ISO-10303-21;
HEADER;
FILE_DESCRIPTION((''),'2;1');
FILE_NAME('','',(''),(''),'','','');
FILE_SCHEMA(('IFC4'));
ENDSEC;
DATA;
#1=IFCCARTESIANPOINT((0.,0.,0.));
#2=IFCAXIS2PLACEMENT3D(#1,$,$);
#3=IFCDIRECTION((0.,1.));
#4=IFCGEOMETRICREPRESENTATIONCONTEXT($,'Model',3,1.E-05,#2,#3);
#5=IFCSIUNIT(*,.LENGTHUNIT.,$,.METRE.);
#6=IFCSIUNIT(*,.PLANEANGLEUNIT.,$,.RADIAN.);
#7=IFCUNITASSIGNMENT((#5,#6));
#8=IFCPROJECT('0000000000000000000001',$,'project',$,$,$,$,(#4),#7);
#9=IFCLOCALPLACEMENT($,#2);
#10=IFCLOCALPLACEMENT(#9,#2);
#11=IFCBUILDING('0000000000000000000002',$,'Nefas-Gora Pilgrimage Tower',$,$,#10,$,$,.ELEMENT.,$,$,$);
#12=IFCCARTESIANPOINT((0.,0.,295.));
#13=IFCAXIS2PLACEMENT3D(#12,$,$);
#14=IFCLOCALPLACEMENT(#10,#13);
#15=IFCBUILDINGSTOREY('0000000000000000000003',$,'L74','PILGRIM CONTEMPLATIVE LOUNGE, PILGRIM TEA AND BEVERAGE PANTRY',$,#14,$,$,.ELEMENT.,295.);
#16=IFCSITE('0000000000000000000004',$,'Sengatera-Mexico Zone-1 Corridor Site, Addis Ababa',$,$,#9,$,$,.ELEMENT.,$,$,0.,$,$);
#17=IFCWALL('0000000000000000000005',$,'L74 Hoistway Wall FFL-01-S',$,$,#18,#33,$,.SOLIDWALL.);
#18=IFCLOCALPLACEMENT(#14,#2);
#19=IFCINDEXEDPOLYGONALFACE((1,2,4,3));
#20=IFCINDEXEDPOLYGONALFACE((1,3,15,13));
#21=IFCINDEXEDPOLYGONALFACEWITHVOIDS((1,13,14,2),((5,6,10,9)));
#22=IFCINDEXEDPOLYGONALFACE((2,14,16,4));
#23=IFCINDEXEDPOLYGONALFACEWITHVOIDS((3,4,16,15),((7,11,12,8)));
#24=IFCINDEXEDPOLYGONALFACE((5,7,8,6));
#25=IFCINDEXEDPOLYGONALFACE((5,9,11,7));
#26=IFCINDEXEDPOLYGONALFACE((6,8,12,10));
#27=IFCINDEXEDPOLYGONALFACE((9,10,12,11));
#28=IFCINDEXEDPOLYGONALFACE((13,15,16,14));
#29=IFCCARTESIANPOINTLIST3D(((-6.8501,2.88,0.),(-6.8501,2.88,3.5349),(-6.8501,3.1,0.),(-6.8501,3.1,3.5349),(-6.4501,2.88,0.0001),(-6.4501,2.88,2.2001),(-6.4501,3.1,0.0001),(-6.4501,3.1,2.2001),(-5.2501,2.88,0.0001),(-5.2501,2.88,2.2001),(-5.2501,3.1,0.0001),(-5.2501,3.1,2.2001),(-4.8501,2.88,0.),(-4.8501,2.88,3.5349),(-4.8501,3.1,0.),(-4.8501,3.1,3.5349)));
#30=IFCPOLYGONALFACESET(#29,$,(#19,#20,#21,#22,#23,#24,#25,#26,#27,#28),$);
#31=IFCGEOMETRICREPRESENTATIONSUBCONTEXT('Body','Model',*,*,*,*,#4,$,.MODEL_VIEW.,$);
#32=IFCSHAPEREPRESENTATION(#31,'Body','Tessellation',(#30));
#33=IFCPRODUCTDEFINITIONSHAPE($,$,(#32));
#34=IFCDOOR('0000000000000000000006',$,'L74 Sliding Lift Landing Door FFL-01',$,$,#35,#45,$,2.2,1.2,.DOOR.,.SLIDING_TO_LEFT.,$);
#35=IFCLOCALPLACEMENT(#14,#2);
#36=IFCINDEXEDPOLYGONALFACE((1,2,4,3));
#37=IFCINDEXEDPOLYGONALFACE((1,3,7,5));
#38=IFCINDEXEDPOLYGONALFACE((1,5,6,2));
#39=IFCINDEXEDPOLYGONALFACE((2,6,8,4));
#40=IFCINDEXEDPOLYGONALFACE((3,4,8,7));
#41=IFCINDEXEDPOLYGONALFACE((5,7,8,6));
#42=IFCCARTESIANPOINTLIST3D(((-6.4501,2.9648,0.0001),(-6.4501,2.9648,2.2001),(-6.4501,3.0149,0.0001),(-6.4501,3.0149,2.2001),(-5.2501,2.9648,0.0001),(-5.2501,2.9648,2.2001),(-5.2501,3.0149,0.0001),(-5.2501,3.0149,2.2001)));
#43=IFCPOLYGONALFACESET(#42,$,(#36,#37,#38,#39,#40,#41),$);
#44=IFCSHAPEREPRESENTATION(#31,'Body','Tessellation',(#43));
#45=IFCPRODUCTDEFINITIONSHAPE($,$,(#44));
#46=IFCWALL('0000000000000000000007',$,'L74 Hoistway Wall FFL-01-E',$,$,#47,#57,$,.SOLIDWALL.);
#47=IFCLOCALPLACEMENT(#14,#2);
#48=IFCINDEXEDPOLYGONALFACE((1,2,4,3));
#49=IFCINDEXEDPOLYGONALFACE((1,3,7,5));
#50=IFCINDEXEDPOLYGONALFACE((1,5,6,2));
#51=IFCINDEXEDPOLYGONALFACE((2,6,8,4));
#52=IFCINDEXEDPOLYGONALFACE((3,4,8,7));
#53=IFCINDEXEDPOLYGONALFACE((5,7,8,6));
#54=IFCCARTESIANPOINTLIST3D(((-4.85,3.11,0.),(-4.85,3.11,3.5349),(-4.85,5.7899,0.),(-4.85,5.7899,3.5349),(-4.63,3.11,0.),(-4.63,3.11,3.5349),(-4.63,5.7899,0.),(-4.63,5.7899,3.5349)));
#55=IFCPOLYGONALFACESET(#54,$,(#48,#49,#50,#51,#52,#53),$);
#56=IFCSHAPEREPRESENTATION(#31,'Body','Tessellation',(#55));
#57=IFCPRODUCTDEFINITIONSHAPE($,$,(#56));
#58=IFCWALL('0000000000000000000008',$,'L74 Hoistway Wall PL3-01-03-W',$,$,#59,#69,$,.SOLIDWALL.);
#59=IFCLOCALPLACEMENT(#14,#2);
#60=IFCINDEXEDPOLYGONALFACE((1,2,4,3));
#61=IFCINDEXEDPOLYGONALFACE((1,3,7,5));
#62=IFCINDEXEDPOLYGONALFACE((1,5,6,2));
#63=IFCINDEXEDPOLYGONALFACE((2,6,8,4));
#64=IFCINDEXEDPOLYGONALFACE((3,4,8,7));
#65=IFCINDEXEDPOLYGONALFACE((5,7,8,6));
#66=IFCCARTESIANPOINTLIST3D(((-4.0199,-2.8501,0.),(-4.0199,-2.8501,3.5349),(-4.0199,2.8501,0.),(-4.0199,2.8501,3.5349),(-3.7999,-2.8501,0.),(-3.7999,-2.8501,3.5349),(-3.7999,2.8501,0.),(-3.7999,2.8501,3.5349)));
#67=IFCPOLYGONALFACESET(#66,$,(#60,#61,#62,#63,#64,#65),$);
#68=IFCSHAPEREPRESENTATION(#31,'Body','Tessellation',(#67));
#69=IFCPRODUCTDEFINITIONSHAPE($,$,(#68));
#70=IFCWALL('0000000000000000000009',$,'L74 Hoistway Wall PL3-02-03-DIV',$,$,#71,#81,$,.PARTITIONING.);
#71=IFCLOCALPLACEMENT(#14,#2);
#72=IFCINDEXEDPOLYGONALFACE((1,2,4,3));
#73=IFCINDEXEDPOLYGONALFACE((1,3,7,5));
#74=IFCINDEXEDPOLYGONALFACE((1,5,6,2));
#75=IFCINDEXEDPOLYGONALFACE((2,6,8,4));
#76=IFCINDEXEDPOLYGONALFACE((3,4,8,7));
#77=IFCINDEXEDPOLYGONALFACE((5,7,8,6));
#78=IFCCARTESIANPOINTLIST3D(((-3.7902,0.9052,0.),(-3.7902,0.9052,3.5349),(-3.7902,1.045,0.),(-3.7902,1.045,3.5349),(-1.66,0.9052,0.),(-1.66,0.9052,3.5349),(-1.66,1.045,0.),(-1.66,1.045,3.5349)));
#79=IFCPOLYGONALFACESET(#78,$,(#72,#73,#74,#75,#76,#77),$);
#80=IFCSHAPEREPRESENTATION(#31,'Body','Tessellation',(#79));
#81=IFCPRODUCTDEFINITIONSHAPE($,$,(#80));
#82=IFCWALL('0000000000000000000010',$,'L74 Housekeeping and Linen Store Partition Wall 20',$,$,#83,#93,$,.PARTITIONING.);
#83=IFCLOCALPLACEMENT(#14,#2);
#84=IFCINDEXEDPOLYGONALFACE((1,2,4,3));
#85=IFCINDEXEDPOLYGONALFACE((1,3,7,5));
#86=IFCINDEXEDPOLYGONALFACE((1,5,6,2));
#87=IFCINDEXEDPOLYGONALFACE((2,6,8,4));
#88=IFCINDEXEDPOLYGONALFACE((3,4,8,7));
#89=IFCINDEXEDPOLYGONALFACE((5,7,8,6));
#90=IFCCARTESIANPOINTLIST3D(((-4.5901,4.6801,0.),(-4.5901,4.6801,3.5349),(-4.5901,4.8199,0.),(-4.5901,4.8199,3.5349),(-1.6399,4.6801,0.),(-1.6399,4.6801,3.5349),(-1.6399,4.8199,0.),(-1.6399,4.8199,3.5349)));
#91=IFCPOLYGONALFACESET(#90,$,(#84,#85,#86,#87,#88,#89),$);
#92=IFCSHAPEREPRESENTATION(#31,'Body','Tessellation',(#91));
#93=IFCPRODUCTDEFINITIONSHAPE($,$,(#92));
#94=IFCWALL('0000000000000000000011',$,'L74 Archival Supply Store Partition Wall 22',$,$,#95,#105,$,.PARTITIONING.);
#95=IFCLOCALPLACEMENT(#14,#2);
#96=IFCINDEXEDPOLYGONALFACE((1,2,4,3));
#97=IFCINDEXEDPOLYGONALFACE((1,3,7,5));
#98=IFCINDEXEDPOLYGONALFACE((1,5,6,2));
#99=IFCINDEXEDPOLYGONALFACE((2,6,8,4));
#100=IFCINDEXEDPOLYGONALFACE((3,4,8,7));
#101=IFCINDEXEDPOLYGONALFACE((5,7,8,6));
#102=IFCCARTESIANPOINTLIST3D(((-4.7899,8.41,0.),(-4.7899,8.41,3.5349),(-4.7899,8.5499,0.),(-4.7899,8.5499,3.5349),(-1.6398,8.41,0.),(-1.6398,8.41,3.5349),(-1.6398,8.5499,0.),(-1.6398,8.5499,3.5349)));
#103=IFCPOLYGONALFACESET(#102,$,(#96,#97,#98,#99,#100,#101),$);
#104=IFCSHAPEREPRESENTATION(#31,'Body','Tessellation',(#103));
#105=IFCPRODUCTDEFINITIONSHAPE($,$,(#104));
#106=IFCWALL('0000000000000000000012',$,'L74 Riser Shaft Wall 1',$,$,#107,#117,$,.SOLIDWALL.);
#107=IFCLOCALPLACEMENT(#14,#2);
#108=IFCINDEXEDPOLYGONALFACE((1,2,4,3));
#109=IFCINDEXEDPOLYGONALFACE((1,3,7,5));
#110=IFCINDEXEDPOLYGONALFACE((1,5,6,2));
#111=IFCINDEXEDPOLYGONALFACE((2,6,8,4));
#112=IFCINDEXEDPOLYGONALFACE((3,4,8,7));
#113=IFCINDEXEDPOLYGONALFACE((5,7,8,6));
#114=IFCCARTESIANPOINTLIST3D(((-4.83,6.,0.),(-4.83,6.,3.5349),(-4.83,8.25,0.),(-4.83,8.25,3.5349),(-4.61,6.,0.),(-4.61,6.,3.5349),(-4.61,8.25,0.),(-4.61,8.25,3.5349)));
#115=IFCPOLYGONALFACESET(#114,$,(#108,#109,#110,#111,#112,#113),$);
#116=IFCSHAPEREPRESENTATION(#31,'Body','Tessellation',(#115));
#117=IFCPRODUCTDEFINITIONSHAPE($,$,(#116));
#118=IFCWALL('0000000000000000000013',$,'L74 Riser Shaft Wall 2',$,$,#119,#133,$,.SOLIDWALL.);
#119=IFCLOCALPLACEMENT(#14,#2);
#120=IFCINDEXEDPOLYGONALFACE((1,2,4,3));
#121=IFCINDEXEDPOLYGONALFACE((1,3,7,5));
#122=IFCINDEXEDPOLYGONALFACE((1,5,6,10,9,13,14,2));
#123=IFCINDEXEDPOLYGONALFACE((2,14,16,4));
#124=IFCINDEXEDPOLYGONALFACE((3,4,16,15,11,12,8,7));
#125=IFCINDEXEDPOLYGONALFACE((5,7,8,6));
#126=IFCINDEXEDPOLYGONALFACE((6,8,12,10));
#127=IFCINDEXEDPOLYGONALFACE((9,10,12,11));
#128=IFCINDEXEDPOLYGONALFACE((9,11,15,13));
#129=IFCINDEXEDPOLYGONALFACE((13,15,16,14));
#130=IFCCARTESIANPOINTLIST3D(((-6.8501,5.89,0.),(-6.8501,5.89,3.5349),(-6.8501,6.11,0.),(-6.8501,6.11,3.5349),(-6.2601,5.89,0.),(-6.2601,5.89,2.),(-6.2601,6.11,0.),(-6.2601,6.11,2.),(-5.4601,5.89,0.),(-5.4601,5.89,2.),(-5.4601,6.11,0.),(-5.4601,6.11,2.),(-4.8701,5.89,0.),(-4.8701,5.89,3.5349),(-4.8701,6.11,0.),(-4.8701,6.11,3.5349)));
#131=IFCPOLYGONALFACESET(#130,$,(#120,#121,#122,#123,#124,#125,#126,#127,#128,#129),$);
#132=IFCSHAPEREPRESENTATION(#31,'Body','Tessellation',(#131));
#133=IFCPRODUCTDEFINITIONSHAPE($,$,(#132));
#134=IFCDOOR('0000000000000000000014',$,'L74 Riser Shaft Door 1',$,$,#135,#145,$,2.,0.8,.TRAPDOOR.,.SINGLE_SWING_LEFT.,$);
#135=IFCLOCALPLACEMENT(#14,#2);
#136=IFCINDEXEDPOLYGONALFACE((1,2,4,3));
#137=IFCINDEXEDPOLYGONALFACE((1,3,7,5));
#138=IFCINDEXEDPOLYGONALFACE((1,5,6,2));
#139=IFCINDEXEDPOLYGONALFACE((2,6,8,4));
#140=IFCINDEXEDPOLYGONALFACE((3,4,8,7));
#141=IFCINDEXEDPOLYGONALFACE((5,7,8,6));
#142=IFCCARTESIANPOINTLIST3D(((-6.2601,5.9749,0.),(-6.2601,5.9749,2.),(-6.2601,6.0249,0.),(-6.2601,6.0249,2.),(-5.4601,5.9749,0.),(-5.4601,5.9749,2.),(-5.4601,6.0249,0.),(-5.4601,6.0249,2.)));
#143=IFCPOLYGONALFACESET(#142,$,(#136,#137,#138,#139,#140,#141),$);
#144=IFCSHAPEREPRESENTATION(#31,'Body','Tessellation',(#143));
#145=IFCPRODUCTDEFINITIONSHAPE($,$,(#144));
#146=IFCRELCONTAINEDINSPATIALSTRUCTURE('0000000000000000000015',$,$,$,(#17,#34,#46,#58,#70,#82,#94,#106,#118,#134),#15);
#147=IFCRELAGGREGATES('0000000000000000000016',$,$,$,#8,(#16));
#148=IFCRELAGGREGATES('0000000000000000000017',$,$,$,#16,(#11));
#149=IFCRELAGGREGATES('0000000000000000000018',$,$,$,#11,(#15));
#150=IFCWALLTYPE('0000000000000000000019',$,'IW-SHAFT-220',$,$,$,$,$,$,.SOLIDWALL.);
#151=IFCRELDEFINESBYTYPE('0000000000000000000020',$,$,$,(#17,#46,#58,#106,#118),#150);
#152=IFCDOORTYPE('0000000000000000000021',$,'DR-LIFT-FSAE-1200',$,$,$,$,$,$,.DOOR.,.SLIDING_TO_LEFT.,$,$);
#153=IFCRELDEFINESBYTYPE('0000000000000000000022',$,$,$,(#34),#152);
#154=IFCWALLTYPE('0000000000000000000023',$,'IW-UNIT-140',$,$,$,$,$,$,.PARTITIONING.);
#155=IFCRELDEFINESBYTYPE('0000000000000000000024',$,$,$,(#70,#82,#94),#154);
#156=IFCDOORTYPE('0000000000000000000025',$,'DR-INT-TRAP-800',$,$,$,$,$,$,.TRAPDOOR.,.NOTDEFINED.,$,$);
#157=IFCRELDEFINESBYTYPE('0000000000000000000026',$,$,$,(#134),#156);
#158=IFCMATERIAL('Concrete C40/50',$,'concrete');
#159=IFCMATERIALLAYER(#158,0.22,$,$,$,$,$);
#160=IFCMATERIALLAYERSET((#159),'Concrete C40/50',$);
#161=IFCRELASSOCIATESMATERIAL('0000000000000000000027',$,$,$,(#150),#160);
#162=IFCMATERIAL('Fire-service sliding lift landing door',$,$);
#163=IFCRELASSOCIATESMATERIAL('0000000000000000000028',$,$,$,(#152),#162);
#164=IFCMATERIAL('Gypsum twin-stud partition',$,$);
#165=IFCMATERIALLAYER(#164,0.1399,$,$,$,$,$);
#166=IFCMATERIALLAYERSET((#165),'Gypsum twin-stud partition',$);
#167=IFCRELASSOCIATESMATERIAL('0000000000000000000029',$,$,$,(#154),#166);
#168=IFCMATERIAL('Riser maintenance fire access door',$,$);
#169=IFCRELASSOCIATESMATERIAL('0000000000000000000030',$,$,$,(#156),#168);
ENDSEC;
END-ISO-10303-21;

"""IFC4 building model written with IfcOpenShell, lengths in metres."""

from ifc_helpers import new_model, si_unit, direction, frame, frame_2d, origin, place, context, subcontext, project, spatial, rectangle, extrude, source, transform, mapped, material, layer, layer_set, type_object, element, fill, save


model = new_model("IFC4")

# Units and contexts
model_context = context("Model", 3, precision=1e-05, world=origin(), true_north=direction((0.0, 1.0)))
body_context = subcontext(model_context, "Body", "Model", "MODEL_VIEW")
ifc_project = project(units=[si_unit("LENGTHUNIT", "METRE"), si_unit("PLANEANGLEUNIT", "RADIAN")], contexts=[model_context])

# Site, building, storey
site_placement = place(None, origin())
site = spatial("IfcSite", under=ifc_project, at=site_placement, Name="Sengatera-Mexico Zone-1 Corridor Site, Addis Ababa", CompositionType="ELEMENT", RefElevation=0.0)
building_placement = place(site_placement, origin())
building = spatial("IfcBuilding", under=site, at=building_placement, Name="Nefas-Gora Pilgrimage Tower", CompositionType="ELEMENT")
storey_placement = place(building_placement, frame((0.0, 0.0, 295.0)))
storey = spatial("IfcBuildingStorey", under=building, at=storey_placement, Name="L74", Description="PILGRIM CONTEMPLATIVE LOUNGE, PILGRIM TEA AND BEVERAGE PANTRY", CompositionType="ELEMENT", Elevation=295.0)

# Wall, opening, door
ifc_material_1 = material(Name="Concrete C40/50", Category="concrete")
ifc_layer_1 = layer(ifc_material_1, 0.22)
ifc_layer_set_1 = layer_set([ifc_layer_1], Name="Concrete C40/50")
wall_type_1 = type_object("IfcWallType", Name="IW-SHAFT-220", PredefinedType="SOLIDWALL", material=ifc_layer_set_1)
shared_shape_1 = source(origin(), body_context, "Body", "SweptSolid", [
    extrude(rectangle(XDim=2.0, YDim=0.22, at=frame_2d((1.0, 0.0))), origin(), (0.0, 0.0, 1.0), 3.5349),
])
wall_1_placement = place(storey_placement, frame((-6.8501, 2.99, 0.0), z_axis=(0.0, 0.0, 1.0), x_axis=(1.0, 0.0, 0.0)))
wall_1 = element("IfcWall", 1, at=wall_1_placement, inside=storey, type_object=wall_type_1, Name="L74 Hoistway Wall FFL-01-S", PredefinedType="SOLIDWALL", context=body_context, shape_type="MappedRepresentation", body=[
    mapped(shared_shape_1, transform((0.0, 0.0, 0.0), x_axis=(1.0, 0.0, 0.0), y_axis=(0.0, 1.0, 0.0), z_axis=(0.0, 0.0, 1.0), scale=1.0)),
])
opening_1_placement = place(wall_1_placement, frame((0.3999, 0.0, 0.0)))
opening_1 = element("IfcOpeningElement", 2, at=opening_1_placement, cuts=wall_1, PredefinedType="OPENING", context=body_context, shape_type="SweptSolid", body=[
    extrude(rectangle(XDim=1.2, YDim=2.2, at=frame_2d((0.6001, 1.1001))), frame((0.0, 0.1199, 0.0), z_axis=(0.0, -1.0, 0.0), x_axis=(1.0, 0.0, 0.0)), (0.0, 0.0, 1.0), 0.24),
])
ifc_material_2 = material(Name="Fire-service sliding lift landing door")
door_type_1 = type_object("IfcDoorType", Name="DR-LIFT-FSAE-1200", OperationType="SLIDING_TO_LEFT", PredefinedType="DOOR", material=ifc_material_2)
shared_shape_2 = source(origin(), body_context, "Body", "SweptSolid", [
    extrude(rectangle(XDim=1.2, YDim=2.2, at=frame_2d((0.6001, 1.1001))), frame((0.0, 0.0249, 0.0), z_axis=(0.0, -1.0, 0.0), x_axis=(1.0, 0.0, 0.0)), (0.0, 0.0, 1.0), 0.05),
])
door_1_placement = place(opening_1_placement, origin())
door_1 = element("IfcDoor", 3, at=door_1_placement, inside=storey, type_object=door_type_1, Name="L74 Sliding Lift Landing Door FFL-01", OperationType="SLIDING_TO_LEFT", OverallHeight=2.2, OverallWidth=1.2, PredefinedType="DOOR", context=body_context, shape_type="MappedRepresentation", body=[
    mapped(shared_shape_2, transform((0.0, 0.0, 0.0), x_axis=(1.0, 0.0, 0.0), y_axis=(0.0, 1.0, 0.0), z_axis=(0.0, 0.0, 1.0), scale=1.0)),
])
fill(opening_1, door_1)

# Walls
shared_shape_3 = source(origin(), body_context, "Body", "SweptSolid", [
    extrude(rectangle(XDim=2.6799, YDim=0.22, at=frame_2d((1.3398, 0.0))), origin(), (0.0, 0.0, 1.0), 3.5349),
])
wall_2_placement = place(storey_placement, frame((-4.74, 3.1101, 0.0), z_axis=(0.0, 0.0, 1.0), x_axis=(0.0, 1.0, 0.0)))
element("IfcWall", 4, at=wall_2_placement, inside=storey, type_object=wall_type_1, Name="L74 Hoistway Wall FFL-01-E", PredefinedType="SOLIDWALL", context=body_context, shape_type="MappedRepresentation", body=[
    mapped(shared_shape_3, transform((0.0, 0.0, 0.0), x_axis=(1.0, 0.0, 0.0), y_axis=(0.0, 1.0, 0.0), z_axis=(0.0, 0.0, 1.0), scale=1.0)),
])
shared_shape_4 = source(origin(), body_context, "Body", "SweptSolid", [
    extrude(rectangle(XDim=5.7002, YDim=0.22, at=frame_2d((2.8501, 0.0))), origin(), (0.0, 0.0, 1.0), 3.5349),
])
wall_3_placement = place(storey_placement, frame((-3.9099, 2.8501, 0.0), z_axis=(0.0, 0.0, 1.0), x_axis=(0.0, -1.0, 0.0)))
element("IfcWall", 5, at=wall_3_placement, inside=storey, type_object=wall_type_1, Name="L74 Hoistway Wall PL3-01-03-W", PredefinedType="SOLIDWALL", context=body_context, shape_type="MappedRepresentation", body=[
    mapped(shared_shape_4, transform((0.0, 0.0, 0.0), x_axis=(1.0, 0.0, 0.0), y_axis=(0.0, 1.0, 0.0), z_axis=(0.0, 0.0, 1.0), scale=1.0)),
])
ifc_material_3 = material(Name="Gypsum twin-stud partition")
ifc_layer_2 = layer(ifc_material_3, 0.1399)
ifc_layer_set_2 = layer_set([ifc_layer_2], Name="Gypsum twin-stud partition")
wall_type_2 = type_object("IfcWallType", Name="IW-UNIT-140", PredefinedType="PARTITIONING", material=ifc_layer_set_2)
shared_shape_5 = source(origin(), body_context, "Body", "SweptSolid", [
    extrude(rectangle(XDim=2.1301, YDim=0.1399, at=frame_2d((1.0649, 0.0))), origin(), (0.0, 0.0, 1.0), 3.5349),
])
wall_4_placement = place(storey_placement, frame((-3.79, 0.9751, 0.0), z_axis=(0.0, 0.0, 1.0), x_axis=(1.0, 0.0, 0.0)))
element("IfcWall", 6, at=wall_4_placement, inside=storey, type_object=wall_type_2, Name="L74 Hoistway Wall PL3-02-03-DIV", PredefinedType="PARTITIONING", context=body_context, shape_type="MappedRepresentation", body=[
    mapped(shared_shape_5, transform((0.0, 0.0, 0.0), x_axis=(1.0, 0.0, 0.0), y_axis=(0.0, 1.0, 0.0), z_axis=(0.0, 0.0, 1.0), scale=1.0)),
])
shared_shape_6 = source(origin(), body_context, "Body", "SweptSolid", [
    extrude(rectangle(XDim=2.9502, YDim=0.1399, at=frame_2d((1.4751, 0.0))), origin(), (0.0, 0.0, 1.0), 3.5349),
])
wall_5_placement = place(storey_placement, frame((-4.5901, 4.75, 0.0), z_axis=(0.0, 0.0, 1.0), x_axis=(1.0, 0.0, 0.0)))
element("IfcWall", 7, at=wall_5_placement, inside=storey, type_object=wall_type_2, Name="L74 Housekeeping and Linen Store Partition Wall 20", PredefinedType="PARTITIONING", context=body_context, shape_type="MappedRepresentation", body=[
    mapped(shared_shape_6, transform((0.0, 0.0, 0.0), x_axis=(1.0, 0.0, 0.0), y_axis=(0.0, 1.0, 0.0), z_axis=(0.0, 0.0, 1.0), scale=1.0)),
])
shared_shape_7 = source(origin(), body_context, "Body", "SweptSolid", [
    extrude(rectangle(XDim=3.1501, YDim=0.1399, at=frame_2d((1.5752, 0.0))), origin(), (0.0, 0.0, 1.0), 3.5349),
])
wall_6_placement = place(storey_placement, frame((-4.79, 8.48, 0.0), z_axis=(0.0, 0.0, 1.0), x_axis=(1.0, 0.0, 0.0)))
element("IfcWall", 8, at=wall_6_placement, inside=storey, type_object=wall_type_2, Name="L74 Archival Supply Store Partition Wall 22", PredefinedType="PARTITIONING", context=body_context, shape_type="MappedRepresentation", body=[
    mapped(shared_shape_7, transform((0.0, 0.0, 0.0), x_axis=(1.0, 0.0, 0.0), y_axis=(0.0, 1.0, 0.0), z_axis=(0.0, 0.0, 1.0), scale=1.0)),
])
shared_shape_8 = source(origin(), body_context, "Body", "SweptSolid", [
    extrude(rectangle(XDim=2.25, YDim=0.22, at=frame_2d((1.125, 0.0))), origin(), (0.0, 0.0, 1.0), 3.5349),
])
wall_7_placement = place(storey_placement, frame((-4.72, 6.0, 0.0), z_axis=(0.0, 0.0, 1.0), x_axis=(0.0, 1.0, 0.0)))
element("IfcWall", 9, at=wall_7_placement, inside=storey, type_object=wall_type_1, Name="L74 Riser Shaft Wall 1", PredefinedType="SOLIDWALL", context=body_context, shape_type="MappedRepresentation", body=[
    mapped(shared_shape_8, transform((0.0, 0.0, 0.0), x_axis=(1.0, 0.0, 0.0), y_axis=(0.0, 1.0, 0.0), z_axis=(0.0, 0.0, 1.0), scale=1.0)),
])

# Wall, opening, door
shared_shape_9 = source(origin(), body_context, "Body", "SweptSolid", [
    extrude(rectangle(XDim=1.98, YDim=0.22, at=frame_2d((0.99, 0.0))), origin(), (0.0, 0.0, 1.0), 3.5349),
])
wall_8_placement = place(storey_placement, frame((-6.8501, 6.0, 0.0), z_axis=(0.0, 0.0, 1.0), x_axis=(1.0, 0.0, 0.0)))
wall_8 = element("IfcWall", 10, at=wall_8_placement, inside=storey, type_object=wall_type_1, Name="L74 Riser Shaft Wall 2", PredefinedType="SOLIDWALL", context=body_context, shape_type="MappedRepresentation", body=[
    mapped(shared_shape_9, transform((0.0, 0.0, 0.0), x_axis=(1.0, 0.0, 0.0), y_axis=(0.0, 1.0, 0.0), z_axis=(0.0, 0.0, 1.0), scale=1.0)),
])
opening_2_placement = place(wall_8_placement, frame((0.5901, 0.0, 0.0)))
opening_2 = element("IfcOpeningElement", 11, at=opening_2_placement, cuts=wall_8, PredefinedType="OPENING", context=body_context, shape_type="SweptSolid", body=[
    extrude(rectangle(XDim=0.8, YDim=2.0, at=frame_2d((0.3999, 1.0))), frame((0.0, 0.1199, 0.0), z_axis=(0.0, -1.0, 0.0), x_axis=(1.0, 0.0, 0.0)), (0.0, 0.0, 1.0), 0.24),
])
ifc_material_4 = material(Name="Riser maintenance fire access door")
door_type_2 = type_object("IfcDoorType", Name="DR-INT-TRAP-800", OperationType="NOTDEFINED", PredefinedType="TRAPDOOR", material=ifc_material_4)
shared_shape_10 = source(origin(), body_context, "Body", "SweptSolid", [
    extrude(rectangle(XDim=0.8, YDim=2.0, at=frame_2d((0.3999, 1.0))), frame((0.0, 0.0249, 0.0), z_axis=(0.0, -1.0, 0.0), x_axis=(1.0, 0.0, 0.0)), (0.0, 0.0, 1.0), 0.05),
])
door_2_placement = place(opening_2_placement, origin())
door_2 = element("IfcDoor", 12, at=door_2_placement, inside=storey, type_object=door_type_2, Name="L74 Riser Shaft Door 1", OperationType="SINGLE_SWING_LEFT", OverallHeight=2.0, OverallWidth=0.8, PredefinedType="TRAPDOOR", context=body_context, shape_type="MappedRepresentation", body=[
    mapped(shared_shape_10, transform((0.0, 0.0, 0.0), x_axis=(1.0, 0.0, 0.0), y_axis=(0.0, 1.0, 0.0), z_axis=(0.0, 0.0, 1.0), scale=1.0)),
])
fill(opening_2, door_2)

save(model, "model.ifc")
